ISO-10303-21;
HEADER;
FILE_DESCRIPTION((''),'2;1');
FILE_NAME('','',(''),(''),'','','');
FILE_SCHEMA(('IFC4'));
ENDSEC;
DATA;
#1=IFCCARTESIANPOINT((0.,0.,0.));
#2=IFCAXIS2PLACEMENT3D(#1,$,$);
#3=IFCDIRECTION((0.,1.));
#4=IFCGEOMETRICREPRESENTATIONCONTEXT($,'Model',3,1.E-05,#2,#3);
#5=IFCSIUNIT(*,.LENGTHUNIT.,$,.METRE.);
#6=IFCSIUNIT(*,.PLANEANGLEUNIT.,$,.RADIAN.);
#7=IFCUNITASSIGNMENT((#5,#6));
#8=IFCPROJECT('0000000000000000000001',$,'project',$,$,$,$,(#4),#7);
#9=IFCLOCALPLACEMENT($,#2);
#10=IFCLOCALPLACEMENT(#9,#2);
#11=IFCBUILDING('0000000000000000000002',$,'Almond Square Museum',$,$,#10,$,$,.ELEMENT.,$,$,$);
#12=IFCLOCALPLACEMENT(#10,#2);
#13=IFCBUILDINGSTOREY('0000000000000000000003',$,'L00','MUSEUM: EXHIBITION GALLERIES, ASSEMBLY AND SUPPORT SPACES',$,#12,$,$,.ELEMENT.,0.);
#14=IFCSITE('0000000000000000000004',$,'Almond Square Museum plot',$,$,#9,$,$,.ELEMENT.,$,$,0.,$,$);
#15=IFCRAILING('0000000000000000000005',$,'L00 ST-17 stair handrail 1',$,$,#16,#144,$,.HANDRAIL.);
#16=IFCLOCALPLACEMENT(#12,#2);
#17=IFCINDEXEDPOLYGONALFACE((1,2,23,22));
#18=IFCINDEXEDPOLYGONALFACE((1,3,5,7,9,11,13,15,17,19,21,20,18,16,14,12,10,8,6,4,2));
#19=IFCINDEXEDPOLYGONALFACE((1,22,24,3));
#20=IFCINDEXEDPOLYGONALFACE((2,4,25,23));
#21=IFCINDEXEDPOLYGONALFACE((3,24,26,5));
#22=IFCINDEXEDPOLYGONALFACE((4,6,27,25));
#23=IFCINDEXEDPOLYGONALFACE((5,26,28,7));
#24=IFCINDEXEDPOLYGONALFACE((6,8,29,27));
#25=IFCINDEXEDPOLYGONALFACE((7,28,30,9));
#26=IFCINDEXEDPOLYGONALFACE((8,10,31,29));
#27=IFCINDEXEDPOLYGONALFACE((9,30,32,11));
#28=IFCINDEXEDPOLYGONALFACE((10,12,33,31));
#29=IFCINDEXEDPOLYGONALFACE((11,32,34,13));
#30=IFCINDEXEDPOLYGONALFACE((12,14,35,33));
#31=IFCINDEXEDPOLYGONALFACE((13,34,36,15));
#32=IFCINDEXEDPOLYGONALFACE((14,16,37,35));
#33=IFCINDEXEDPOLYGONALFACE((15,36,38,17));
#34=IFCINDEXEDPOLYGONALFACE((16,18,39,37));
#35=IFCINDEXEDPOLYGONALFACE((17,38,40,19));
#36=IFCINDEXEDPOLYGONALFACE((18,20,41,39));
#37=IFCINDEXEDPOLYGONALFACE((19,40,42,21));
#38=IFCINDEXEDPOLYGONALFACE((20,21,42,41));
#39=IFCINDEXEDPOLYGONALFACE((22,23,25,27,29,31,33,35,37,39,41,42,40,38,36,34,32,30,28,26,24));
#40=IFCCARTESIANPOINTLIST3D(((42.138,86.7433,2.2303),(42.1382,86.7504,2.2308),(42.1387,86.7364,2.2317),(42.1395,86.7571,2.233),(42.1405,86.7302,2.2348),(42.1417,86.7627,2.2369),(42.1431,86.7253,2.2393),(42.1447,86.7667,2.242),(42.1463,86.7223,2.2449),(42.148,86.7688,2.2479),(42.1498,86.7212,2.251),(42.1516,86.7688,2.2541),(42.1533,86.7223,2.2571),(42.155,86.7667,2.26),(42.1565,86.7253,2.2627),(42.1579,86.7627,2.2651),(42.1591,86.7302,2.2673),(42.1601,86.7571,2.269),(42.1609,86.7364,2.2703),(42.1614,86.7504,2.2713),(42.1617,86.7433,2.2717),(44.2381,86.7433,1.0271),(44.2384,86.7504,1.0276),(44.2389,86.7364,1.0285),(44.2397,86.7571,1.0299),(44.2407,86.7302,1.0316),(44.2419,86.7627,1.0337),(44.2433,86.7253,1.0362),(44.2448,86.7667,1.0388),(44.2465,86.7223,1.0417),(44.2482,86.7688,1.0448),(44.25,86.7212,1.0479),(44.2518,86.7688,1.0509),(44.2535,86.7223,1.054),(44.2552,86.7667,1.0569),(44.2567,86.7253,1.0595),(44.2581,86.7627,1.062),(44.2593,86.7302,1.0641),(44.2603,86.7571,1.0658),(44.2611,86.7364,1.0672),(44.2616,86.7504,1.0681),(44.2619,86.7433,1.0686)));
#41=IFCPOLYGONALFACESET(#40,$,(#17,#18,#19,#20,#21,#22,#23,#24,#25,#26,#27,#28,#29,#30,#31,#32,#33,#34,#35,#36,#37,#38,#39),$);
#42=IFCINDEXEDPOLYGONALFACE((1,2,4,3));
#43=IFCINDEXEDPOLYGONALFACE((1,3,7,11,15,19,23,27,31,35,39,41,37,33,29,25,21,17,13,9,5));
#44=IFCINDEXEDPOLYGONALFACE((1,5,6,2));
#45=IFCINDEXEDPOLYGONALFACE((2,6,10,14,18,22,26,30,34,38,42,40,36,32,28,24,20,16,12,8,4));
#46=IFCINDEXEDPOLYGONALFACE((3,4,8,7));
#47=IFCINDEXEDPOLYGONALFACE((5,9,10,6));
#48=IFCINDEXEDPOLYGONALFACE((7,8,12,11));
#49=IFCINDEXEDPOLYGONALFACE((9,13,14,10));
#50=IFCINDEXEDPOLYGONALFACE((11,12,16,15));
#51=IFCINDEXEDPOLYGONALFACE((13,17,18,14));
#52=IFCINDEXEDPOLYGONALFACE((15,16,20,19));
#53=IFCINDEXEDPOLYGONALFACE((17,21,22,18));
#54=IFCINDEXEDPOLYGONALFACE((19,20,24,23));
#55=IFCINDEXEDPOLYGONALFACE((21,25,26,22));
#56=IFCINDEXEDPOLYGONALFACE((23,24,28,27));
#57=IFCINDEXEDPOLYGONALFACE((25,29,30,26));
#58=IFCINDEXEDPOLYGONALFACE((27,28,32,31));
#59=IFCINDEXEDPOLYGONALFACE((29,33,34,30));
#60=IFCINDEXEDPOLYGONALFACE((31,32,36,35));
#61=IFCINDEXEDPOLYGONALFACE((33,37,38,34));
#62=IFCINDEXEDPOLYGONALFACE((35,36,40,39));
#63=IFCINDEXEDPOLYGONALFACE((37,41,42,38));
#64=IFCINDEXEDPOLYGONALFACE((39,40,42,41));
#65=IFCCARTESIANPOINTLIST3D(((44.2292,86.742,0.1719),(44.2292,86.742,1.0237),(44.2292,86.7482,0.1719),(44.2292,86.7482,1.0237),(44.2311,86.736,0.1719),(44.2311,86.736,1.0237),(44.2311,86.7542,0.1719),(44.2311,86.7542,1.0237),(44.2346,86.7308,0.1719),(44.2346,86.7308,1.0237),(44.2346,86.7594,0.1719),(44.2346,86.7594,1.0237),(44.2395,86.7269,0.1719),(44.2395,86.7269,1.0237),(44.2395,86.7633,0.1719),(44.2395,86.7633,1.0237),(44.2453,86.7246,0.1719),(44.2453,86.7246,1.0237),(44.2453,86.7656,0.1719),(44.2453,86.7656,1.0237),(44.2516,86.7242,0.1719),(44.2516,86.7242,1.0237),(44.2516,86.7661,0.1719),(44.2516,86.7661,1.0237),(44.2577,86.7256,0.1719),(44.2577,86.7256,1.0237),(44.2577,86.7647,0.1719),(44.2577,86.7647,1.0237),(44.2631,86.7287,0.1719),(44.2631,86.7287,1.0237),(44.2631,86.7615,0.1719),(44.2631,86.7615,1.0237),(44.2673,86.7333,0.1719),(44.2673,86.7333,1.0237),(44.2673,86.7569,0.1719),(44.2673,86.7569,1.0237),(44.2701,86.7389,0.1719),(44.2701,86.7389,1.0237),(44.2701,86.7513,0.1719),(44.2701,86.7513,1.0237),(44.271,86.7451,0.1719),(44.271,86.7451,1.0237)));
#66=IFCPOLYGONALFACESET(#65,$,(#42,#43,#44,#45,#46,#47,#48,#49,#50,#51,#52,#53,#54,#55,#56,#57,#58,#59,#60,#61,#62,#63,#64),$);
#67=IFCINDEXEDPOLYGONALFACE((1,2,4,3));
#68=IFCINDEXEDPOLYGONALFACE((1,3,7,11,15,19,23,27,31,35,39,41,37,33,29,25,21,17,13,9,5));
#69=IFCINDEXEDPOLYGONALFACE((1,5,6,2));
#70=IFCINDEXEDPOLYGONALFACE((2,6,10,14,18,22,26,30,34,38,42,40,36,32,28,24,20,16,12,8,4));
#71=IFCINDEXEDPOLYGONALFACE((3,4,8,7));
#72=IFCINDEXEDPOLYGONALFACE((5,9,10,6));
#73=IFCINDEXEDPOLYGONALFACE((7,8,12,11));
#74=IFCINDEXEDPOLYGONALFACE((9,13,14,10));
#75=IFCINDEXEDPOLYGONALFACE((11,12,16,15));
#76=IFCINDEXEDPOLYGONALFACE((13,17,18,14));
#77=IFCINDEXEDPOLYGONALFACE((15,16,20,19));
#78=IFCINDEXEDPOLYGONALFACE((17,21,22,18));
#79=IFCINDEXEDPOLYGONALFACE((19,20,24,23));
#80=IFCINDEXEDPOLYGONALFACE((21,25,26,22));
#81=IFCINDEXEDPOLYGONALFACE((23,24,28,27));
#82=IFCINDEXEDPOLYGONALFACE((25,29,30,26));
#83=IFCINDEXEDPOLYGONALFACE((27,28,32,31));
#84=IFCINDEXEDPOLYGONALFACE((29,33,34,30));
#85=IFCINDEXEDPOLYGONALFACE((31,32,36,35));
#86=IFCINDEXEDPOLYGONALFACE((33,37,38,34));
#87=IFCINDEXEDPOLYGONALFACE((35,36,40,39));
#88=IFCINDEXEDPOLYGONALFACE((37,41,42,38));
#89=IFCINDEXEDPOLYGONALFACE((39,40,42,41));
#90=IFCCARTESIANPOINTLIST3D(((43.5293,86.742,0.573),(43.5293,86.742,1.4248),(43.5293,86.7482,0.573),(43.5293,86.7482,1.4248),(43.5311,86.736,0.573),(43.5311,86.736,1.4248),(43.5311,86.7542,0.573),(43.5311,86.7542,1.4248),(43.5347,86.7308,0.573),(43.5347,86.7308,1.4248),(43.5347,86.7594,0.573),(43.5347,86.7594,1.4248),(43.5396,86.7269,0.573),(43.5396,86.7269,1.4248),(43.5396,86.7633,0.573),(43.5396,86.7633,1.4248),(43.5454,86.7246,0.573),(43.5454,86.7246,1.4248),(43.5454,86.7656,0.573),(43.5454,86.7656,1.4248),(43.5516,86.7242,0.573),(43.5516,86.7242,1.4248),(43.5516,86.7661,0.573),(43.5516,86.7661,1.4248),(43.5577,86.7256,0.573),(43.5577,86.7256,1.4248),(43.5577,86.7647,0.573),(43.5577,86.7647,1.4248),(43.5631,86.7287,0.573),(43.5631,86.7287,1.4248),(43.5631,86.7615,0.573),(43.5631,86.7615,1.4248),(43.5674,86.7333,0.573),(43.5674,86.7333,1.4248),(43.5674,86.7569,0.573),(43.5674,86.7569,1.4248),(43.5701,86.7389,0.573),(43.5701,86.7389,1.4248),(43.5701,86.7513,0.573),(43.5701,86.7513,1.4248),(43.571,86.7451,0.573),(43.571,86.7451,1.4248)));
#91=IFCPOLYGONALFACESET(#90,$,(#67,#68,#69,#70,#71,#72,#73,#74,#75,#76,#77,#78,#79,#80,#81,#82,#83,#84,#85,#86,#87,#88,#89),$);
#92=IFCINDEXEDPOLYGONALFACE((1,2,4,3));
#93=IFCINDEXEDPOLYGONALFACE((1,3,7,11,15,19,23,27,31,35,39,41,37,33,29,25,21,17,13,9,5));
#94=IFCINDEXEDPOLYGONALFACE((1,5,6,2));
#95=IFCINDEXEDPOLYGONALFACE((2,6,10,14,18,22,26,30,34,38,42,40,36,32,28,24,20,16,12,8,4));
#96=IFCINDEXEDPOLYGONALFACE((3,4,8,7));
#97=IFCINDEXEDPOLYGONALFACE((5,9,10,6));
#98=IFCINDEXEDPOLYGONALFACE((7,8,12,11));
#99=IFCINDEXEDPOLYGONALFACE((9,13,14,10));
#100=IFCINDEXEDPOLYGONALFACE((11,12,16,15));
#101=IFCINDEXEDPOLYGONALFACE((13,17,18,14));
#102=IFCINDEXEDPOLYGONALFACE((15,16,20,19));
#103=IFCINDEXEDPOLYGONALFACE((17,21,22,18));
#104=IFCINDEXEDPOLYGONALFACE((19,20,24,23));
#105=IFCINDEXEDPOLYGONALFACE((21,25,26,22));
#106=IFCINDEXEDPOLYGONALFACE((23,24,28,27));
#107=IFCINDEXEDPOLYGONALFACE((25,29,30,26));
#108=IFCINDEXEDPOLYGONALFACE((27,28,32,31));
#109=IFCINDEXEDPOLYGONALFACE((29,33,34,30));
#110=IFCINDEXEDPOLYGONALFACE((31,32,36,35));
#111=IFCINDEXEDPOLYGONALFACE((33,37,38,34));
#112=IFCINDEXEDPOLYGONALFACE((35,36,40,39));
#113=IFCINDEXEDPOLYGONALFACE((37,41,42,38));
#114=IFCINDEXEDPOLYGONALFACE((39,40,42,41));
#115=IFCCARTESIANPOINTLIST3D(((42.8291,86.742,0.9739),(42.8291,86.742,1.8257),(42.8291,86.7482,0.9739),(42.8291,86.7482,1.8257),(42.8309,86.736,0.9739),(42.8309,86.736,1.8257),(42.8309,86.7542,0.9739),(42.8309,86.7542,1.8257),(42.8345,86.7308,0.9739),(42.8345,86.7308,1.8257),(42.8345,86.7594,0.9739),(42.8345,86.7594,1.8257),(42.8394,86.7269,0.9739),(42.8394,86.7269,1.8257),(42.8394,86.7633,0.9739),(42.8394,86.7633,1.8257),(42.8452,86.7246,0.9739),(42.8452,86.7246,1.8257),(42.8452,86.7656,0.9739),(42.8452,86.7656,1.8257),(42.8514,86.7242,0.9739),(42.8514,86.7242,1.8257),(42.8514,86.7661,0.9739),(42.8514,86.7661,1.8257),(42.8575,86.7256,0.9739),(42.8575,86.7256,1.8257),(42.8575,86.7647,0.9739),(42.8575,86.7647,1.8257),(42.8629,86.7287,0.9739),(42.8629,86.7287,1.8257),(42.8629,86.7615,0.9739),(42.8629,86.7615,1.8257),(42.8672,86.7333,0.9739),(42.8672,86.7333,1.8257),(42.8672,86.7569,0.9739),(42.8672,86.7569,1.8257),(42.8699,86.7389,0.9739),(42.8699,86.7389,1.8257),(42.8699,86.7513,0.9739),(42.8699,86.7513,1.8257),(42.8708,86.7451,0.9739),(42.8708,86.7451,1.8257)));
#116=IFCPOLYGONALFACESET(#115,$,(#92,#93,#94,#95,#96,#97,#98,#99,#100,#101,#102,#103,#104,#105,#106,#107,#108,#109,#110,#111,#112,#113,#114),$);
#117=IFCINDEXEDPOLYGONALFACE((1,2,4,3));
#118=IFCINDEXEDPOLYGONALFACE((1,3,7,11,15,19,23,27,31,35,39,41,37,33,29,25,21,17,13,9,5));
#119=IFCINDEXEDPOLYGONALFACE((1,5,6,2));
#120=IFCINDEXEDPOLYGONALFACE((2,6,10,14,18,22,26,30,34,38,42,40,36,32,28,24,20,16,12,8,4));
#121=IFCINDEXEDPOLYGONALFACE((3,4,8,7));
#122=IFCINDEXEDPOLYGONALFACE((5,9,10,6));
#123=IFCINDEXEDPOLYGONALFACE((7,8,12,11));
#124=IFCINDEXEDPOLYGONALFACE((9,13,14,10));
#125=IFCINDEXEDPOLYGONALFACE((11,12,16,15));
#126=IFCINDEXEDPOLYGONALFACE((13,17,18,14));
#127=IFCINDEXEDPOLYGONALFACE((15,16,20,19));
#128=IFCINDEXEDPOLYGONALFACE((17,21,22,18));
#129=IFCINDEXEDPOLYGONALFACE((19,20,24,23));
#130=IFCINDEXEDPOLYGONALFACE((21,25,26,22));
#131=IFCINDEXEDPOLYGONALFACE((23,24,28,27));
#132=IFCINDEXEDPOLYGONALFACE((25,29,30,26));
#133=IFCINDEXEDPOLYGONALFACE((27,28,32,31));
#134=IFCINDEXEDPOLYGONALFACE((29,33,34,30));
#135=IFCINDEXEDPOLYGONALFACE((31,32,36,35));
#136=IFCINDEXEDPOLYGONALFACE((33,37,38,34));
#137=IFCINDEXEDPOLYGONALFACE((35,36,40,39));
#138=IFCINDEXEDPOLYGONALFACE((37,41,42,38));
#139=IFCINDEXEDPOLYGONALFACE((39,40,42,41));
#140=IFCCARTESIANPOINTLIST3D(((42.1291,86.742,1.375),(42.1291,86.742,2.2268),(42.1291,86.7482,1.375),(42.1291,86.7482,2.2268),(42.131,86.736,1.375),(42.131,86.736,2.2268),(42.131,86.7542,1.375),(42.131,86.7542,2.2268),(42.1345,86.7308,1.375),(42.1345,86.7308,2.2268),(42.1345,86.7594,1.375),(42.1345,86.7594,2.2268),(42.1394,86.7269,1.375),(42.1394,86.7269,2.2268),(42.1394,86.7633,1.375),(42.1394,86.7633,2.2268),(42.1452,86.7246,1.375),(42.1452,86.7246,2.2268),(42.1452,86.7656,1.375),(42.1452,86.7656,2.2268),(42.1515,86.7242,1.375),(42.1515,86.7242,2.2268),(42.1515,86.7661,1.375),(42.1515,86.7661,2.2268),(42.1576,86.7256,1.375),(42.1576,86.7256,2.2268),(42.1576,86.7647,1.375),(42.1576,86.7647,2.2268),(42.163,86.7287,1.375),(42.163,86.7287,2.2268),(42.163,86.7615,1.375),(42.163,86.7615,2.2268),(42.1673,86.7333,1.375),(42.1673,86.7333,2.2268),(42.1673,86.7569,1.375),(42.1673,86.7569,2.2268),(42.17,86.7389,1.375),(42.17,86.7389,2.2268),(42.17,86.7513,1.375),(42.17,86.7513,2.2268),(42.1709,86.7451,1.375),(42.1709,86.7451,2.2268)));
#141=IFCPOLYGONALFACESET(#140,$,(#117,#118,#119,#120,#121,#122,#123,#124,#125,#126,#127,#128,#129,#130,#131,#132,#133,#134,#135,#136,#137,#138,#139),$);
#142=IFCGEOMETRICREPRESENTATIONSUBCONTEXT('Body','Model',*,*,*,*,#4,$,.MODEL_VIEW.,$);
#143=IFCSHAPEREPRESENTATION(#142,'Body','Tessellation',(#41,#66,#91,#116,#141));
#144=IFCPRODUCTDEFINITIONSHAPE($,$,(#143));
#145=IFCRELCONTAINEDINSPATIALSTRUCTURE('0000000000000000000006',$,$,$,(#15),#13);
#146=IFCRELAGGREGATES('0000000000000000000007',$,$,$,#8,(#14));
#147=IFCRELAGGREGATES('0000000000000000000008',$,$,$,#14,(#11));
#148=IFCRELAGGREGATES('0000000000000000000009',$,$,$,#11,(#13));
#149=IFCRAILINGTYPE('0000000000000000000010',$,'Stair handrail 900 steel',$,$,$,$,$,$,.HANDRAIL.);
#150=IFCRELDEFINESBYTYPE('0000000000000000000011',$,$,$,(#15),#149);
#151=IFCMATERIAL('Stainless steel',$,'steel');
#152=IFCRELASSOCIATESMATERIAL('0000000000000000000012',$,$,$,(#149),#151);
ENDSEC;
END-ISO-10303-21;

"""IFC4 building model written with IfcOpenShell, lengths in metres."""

from ifc_helpers import new_model, si_unit, direction, frame, origin, origin_2d, place, context, subcontext, project, spatial, circle, extrude, material, type_object, element, save


model = new_model("IFC4")

# Units and contexts
model_context = context("Model", 3, precision=1e-05, world=origin(), true_north=direction((0.0, 1.0)))
body_context = subcontext(model_context, "Body", "Model", "MODEL_VIEW")
ifc_project = project(units=[si_unit("LENGTHUNIT", "METRE"), si_unit("PLANEANGLEUNIT", "RADIAN")], contexts=[model_context])

# Site, building, storey
site_placement = place(None, origin())
site = spatial("IfcSite", under=ifc_project, at=site_placement, Name="Almond Square Museum plot", CompositionType="ELEMENT", RefElevation=0.0)
building_placement = place(site_placement, origin())
building = spatial("IfcBuilding", under=site, at=building_placement, Name="Almond Square Museum", CompositionType="ELEMENT")
storey_placement = place(building_placement, origin())
storey = spatial("IfcBuildingStorey", under=building, at=storey_placement, Name="L00", Description="MUSEUM: EXHIBITION GALLERIES, ASSEMBLY AND SUPPORT SPACES", CompositionType="ELEMENT", Elevation=0.0)

# Railing
ifc_material_1 = material(Name="Stainless steel", Category="steel")
railing_type_1 = type_object("IfcRailingType", Name="Stair handrail 900 steel", PredefinedType="HANDRAIL", material=ifc_material_1)
for number, where, name in (
    (1, (44.25, 86.7451, 0.1719), "L00 ST-17 stair handrail 1"),
):
    element("IfcRailing", number, at=place(storey_placement, frame(where)), inside=storey, type_object=railing_type_1, Name=name, PredefinedType="HANDRAIL", context=body_context, shape_type="SweptSolid", body=[
        extrude(circle(Radius=0.0239, at=origin_2d()), frame((0.0, 0.0, 0.876), z_axis=(-0.867696, 0.0, 0.497095), x_axis=(0.0, -1.0, 0.0)), (0.0, 0.0, 1.0), 2.4204),
        extrude(circle(Radius=0.021, at=origin_2d()), origin(), (0.0, 0.0, 1.0), 0.8518),
        extrude(circle(Radius=0.021, at=origin_2d()), frame((-0.7, 0.0, 0.4011)), (0.0, 0.0, 1.0), 0.8518),
        extrude(circle(Radius=0.021, at=origin_2d()), frame((-1.4001, 0.0, 0.802)), (0.0, 0.0, 1.0), 0.8518),
        extrude(circle(Radius=0.021, at=origin_2d()), frame((-2.1001, 0.0, 1.2031)), (0.0, 0.0, 1.0), 0.8518),
    ])

save(model, "model.ifc")
